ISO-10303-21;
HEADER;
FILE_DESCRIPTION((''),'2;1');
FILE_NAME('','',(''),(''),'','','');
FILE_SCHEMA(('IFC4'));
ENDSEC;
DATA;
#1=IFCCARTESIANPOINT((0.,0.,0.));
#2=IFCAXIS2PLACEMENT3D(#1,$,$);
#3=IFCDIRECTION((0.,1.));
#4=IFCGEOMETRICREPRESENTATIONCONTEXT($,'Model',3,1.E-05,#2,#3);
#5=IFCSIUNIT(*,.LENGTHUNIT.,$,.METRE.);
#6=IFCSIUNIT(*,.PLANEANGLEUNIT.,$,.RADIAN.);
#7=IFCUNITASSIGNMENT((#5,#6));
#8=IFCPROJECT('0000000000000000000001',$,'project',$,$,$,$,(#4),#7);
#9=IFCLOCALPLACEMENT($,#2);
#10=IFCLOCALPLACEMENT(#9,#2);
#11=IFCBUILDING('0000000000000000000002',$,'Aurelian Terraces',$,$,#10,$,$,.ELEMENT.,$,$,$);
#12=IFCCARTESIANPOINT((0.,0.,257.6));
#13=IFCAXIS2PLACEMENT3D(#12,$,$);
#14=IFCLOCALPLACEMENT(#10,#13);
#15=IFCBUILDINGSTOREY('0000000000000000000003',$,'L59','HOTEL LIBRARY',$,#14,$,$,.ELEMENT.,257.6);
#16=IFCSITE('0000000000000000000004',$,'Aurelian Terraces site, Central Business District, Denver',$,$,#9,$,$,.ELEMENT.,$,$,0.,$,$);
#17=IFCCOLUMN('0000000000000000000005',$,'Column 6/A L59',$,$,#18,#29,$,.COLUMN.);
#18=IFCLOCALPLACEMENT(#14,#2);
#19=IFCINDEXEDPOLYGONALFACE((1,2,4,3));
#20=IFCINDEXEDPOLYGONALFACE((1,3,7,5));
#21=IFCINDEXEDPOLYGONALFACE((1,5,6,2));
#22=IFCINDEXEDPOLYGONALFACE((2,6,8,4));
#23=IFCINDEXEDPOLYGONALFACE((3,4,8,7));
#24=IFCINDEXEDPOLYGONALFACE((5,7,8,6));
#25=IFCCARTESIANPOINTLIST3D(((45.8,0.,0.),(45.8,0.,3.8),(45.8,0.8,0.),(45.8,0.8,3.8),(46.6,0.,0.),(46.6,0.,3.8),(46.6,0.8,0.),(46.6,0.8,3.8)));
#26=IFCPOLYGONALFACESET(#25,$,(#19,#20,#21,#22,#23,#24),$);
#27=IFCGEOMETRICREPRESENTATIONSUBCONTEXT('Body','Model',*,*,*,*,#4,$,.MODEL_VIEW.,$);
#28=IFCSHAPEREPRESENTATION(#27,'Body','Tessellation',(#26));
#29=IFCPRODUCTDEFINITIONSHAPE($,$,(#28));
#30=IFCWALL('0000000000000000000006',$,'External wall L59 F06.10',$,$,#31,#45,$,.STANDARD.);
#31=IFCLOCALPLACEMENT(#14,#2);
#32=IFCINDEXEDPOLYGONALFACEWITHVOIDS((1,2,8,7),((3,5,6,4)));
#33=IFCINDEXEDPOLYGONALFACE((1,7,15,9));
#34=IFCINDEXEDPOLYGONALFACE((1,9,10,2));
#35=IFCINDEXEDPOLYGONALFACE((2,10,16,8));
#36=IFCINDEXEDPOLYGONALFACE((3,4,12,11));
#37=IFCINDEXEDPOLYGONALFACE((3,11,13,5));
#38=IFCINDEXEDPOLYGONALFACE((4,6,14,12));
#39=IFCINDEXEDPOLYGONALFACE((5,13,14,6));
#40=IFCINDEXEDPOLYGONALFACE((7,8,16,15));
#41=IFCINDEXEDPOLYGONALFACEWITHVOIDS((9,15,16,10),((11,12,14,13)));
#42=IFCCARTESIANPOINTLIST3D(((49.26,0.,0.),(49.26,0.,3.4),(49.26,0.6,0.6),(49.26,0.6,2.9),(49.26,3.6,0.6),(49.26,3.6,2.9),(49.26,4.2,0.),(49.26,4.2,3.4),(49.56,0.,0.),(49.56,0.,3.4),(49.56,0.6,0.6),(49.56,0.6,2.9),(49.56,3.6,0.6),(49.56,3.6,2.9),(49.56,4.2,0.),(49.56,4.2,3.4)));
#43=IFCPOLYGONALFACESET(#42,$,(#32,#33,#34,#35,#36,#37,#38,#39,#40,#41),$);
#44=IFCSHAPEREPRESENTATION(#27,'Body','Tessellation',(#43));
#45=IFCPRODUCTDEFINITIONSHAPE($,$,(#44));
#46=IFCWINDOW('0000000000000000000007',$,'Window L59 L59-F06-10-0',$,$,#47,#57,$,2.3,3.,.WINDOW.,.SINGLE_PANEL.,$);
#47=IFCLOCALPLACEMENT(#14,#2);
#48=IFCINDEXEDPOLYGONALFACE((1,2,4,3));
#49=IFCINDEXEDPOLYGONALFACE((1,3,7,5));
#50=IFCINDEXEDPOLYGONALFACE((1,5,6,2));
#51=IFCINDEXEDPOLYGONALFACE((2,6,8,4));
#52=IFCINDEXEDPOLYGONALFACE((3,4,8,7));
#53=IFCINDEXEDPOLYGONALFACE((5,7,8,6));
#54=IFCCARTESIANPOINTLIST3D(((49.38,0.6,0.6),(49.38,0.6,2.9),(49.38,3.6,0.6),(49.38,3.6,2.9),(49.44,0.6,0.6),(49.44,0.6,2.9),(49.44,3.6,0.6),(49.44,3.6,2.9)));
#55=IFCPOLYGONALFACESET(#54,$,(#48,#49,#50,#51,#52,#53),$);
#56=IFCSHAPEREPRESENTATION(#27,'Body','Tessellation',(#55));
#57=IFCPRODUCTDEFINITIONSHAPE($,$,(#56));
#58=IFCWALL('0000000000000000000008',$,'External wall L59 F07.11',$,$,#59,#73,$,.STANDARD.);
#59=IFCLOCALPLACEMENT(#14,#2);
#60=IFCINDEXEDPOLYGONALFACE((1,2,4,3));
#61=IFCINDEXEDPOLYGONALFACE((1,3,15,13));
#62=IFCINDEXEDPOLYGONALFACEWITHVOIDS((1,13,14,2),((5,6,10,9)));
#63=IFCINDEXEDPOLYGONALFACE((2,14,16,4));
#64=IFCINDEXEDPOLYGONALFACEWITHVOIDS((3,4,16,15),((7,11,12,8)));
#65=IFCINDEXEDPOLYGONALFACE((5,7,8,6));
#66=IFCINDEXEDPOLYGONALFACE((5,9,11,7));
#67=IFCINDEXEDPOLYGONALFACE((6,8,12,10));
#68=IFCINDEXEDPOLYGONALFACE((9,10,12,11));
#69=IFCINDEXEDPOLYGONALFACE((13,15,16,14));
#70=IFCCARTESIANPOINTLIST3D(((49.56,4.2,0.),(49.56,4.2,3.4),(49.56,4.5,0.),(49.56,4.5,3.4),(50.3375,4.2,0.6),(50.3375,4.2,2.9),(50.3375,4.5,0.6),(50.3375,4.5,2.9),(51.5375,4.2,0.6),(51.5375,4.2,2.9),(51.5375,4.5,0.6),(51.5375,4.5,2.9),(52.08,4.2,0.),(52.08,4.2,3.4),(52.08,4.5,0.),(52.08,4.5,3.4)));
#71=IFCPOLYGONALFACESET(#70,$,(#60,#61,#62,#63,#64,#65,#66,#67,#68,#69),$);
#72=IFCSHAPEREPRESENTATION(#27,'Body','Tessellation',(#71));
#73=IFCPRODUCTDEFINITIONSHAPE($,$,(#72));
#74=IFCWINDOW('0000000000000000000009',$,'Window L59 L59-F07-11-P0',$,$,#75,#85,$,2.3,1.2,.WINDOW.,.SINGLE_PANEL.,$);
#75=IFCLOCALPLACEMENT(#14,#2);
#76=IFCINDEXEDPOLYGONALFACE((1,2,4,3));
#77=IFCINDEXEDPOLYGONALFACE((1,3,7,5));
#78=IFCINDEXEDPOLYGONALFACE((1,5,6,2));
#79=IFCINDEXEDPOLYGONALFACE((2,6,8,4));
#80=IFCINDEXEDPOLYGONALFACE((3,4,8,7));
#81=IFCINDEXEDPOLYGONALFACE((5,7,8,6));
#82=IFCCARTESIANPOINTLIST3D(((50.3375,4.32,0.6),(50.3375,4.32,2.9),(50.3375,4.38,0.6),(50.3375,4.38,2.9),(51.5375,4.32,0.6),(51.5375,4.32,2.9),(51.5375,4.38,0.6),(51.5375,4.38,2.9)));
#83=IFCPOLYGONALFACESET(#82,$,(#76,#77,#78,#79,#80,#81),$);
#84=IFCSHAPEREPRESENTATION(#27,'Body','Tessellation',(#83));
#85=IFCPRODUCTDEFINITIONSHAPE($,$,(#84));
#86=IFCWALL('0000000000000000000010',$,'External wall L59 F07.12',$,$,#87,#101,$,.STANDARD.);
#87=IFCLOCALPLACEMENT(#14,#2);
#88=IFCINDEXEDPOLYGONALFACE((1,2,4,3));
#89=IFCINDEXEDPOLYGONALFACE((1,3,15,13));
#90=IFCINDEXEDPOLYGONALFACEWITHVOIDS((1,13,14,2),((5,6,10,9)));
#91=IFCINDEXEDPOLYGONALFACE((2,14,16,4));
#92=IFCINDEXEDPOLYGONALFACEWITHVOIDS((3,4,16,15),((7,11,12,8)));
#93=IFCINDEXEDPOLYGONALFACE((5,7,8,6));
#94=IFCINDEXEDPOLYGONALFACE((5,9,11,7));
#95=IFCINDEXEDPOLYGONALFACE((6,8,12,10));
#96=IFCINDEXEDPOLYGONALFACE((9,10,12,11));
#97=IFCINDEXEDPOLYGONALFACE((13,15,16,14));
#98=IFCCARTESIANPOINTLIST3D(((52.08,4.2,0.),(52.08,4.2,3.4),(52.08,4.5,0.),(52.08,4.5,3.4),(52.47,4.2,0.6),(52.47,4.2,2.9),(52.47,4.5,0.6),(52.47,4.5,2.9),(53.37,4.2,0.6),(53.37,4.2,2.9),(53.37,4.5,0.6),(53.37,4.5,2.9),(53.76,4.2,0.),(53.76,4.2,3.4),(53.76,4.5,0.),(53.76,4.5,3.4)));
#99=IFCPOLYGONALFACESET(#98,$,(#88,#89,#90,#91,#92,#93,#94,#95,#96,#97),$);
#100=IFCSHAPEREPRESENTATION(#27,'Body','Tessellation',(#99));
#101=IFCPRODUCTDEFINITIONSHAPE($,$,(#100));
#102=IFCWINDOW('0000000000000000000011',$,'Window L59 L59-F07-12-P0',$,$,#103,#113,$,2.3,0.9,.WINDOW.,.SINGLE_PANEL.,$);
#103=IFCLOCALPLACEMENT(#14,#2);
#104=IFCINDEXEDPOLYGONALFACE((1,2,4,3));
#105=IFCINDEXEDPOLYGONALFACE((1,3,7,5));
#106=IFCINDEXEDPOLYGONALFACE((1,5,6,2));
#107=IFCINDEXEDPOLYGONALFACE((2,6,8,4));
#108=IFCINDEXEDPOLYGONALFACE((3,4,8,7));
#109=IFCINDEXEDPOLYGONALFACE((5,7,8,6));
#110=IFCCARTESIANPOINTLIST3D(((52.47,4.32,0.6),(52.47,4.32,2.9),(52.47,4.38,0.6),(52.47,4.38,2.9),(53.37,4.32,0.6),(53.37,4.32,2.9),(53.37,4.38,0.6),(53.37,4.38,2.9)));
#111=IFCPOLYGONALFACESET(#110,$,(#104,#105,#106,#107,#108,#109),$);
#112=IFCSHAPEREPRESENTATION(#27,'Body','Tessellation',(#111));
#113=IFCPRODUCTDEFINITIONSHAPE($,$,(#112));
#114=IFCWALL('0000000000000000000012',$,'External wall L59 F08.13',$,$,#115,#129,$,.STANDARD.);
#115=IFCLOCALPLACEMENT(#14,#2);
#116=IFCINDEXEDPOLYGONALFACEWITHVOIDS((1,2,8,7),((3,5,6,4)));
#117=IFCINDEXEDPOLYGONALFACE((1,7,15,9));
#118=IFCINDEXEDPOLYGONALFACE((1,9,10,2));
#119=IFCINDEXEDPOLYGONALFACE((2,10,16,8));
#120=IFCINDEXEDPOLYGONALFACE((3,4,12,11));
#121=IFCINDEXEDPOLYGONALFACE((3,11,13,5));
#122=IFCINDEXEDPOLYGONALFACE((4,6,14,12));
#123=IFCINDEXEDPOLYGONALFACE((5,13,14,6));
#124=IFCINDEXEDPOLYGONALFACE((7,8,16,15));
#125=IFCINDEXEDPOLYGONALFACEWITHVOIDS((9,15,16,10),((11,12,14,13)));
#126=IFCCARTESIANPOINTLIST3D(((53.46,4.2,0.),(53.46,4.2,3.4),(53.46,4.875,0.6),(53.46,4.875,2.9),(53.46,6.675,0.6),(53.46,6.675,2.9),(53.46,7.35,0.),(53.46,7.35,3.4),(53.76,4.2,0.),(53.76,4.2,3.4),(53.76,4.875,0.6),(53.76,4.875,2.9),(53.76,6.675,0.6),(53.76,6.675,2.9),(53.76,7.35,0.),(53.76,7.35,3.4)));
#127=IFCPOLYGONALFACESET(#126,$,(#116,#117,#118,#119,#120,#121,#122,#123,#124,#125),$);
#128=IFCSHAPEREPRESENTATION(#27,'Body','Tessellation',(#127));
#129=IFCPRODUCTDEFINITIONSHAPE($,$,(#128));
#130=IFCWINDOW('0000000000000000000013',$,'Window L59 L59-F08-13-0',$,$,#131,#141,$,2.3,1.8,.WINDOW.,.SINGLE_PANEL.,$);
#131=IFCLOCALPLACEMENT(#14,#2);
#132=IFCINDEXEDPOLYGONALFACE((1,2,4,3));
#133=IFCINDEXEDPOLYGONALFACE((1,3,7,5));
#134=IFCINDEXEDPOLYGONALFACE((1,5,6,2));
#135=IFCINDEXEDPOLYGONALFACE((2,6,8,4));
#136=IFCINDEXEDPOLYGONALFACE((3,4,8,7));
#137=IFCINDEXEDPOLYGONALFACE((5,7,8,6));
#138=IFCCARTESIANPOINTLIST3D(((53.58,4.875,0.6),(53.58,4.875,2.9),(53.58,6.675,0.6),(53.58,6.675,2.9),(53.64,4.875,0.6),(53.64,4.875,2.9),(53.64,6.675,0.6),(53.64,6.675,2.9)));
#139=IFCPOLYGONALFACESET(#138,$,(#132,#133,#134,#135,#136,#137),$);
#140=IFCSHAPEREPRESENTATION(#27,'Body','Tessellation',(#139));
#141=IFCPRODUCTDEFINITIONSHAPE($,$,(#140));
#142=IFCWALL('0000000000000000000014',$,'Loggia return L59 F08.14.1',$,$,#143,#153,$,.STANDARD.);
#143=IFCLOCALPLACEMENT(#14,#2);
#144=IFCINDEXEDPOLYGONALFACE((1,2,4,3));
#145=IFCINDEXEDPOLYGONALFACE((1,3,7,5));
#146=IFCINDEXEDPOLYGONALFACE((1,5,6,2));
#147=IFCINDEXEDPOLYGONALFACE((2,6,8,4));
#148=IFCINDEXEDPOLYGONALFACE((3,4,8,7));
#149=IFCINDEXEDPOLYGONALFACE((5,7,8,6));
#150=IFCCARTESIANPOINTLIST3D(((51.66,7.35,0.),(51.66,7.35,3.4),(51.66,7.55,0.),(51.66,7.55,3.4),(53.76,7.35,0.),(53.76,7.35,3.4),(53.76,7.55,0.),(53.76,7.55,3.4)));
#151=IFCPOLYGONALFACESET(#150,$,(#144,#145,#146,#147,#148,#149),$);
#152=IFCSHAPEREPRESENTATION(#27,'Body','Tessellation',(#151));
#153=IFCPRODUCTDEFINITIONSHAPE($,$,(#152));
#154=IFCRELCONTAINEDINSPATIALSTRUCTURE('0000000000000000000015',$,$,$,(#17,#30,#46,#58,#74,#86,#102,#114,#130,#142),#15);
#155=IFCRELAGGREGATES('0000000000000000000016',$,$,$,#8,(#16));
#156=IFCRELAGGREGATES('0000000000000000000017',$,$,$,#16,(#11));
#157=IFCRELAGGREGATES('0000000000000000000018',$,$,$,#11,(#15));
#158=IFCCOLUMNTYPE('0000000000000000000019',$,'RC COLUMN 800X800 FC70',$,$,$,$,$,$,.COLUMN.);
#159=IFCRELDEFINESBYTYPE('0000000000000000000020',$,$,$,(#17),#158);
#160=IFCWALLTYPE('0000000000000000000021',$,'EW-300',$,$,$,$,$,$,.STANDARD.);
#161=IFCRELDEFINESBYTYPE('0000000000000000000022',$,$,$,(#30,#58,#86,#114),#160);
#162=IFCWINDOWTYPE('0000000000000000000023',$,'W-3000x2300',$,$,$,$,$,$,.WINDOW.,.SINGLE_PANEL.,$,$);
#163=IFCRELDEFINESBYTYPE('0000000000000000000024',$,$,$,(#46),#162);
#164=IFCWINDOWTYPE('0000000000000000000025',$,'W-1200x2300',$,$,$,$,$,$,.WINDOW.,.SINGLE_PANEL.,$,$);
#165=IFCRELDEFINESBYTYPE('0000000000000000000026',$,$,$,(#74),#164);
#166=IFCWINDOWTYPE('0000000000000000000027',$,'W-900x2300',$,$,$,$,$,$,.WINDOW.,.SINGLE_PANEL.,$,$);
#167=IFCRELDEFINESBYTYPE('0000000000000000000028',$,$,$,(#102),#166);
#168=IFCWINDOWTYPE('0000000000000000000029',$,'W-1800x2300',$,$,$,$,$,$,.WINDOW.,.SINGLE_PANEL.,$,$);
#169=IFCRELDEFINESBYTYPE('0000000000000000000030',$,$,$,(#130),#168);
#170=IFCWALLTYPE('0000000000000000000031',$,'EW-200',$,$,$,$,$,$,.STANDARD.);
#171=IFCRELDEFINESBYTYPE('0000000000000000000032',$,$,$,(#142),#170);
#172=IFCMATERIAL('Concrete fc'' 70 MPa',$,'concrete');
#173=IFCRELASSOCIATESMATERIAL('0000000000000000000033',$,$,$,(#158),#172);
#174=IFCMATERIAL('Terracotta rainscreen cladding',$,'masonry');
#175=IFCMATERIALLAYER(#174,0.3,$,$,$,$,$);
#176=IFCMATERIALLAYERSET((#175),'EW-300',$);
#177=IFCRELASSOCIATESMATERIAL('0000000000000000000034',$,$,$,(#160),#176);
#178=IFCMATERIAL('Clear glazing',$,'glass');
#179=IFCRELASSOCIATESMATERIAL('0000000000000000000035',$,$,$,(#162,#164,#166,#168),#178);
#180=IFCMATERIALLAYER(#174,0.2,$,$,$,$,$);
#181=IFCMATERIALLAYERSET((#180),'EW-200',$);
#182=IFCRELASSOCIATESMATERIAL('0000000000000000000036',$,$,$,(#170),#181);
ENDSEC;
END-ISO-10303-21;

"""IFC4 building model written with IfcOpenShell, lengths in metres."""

from ifc_helpers import new_model, si_unit, direction, frame, frame_2d, origin, origin_2d, place, context, subcontext, project, spatial, rectangle, extrude, source, transform, mapped, material, layer, layer_set, material_profile, profile_set, type_object, element, fill, save


model = new_model("IFC4")

# Units and contexts
model_context = context("Model", 3, precision=1e-05, world=origin(), true_north=direction((0.0, 1.0)))
body_context = subcontext(model_context, "Body", "Model", "MODEL_VIEW")
ifc_project = project(units=[si_unit("LENGTHUNIT", "METRE"), si_unit("PLANEANGLEUNIT", "RADIAN")], contexts=[model_context])

# Site, building, storey
site_placement = place(None, origin())
site = spatial("IfcSite", under=ifc_project, at=site_placement, Name="Aurelian Terraces site, Central Business District, Denver", CompositionType="ELEMENT", RefElevation=0.0)
building_placement = place(site_placement, origin())
building = spatial("IfcBuilding", under=site, at=building_placement, Name="Aurelian Terraces", CompositionType="ELEMENT")
storey_placement = place(building_placement, frame((0.0, 0.0, 257.6)))
storey = spatial("IfcBuildingStorey", under=building, at=storey_placement, Name="L59", Description="HOTEL LIBRARY", CompositionType="ELEMENT", Elevation=257.6)

# Column
ifc_material_1 = material(Name="Concrete fc' 70 MPa", Category="concrete")
ifc_material_profile = material_profile(ifc_material_1, rectangle(XDim=0.8, YDim=0.8, at=origin_2d()))
ifc_profile_set = profile_set([ifc_material_profile], Name="Concrete fc' 70 MPa")
column_type = type_object("IfcColumnType", Name="RC COLUMN 800X800 FC70", PredefinedType="COLUMN", material=ifc_profile_set)
shared_shape_1 = source(origin(), body_context, "Body", "SweptSolid", [
    extrude(rectangle(XDim=0.8, YDim=0.8, at=origin_2d()), origin(), (0.0, 0.0, 1.0), 3.8),
])
column_placement = place(storey_placement, frame((46.2, 0.4, 0.0), z_axis=(0.0, 0.0, 1.0), x_axis=(1.0, 0.0, 0.0)))
element("IfcColumn", 1, at=column_placement, inside=storey, type_object=column_type, Name="Column 6/A L59", PredefinedType="COLUMN", context=body_context, shape_type="MappedRepresentation", body=[
    mapped(shared_shape_1, transform((0.0, 0.0, 0.0), scale=1.0)),
])

# Walls, openings, windows
ifc_material_2 = material(Name="Terracotta rainscreen cladding", Category="masonry")
ifc_layer_1 = layer(ifc_material_2, 0.3)
ifc_layer_set_1 = layer_set([ifc_layer_1], Name="EW-300")
wall_type_1 = type_object("IfcWallType", Name="EW-300", PredefinedType="STANDARD", material=ifc_layer_set_1)
shared_shape_2 = source(origin(), body_context, "Body", "SweptSolid", [
    extrude(rectangle(XDim=4.2, YDim=0.3, at=frame_2d((2.1, 0.0))), origin(), (0.0, 0.0, 1.0), 3.4),
])
wall_1_placement = place(storey_placement, frame((49.41, 0.0, 0.0), z_axis=(0.0, 0.0, 1.0), x_axis=(0.0, 1.0, 0.0)))
wall_1 = element("IfcWall", 2, at=wall_1_placement, inside=storey, type_object=wall_type_1, Name="External wall L59 F06.10", PredefinedType="STANDARD", context=body_context, shape_type="MappedRepresentation", body=[
    mapped(shared_shape_2, transform((0.0, 0.0, 0.0), scale=1.0)),
])
shared_shape_3 = source(origin(), body_context, "Body", "SweptSolid", [
    extrude(rectangle(XDim=3.0, YDim=2.3, at=frame_2d((1.5, 1.15))), frame((0.0, 0.16, 0.0), z_axis=(0.0, -1.0, 0.0), x_axis=(1.0, 0.0, 0.0)), (0.0, 0.0, 1.0), 0.32),
])
opening_1_placement = place(wall_1_placement, frame((0.6, 0.0, 0.6)))
opening_1 = element("IfcOpeningElement", 3, at=opening_1_placement, cuts=wall_1, PredefinedType="OPENING", context=body_context, shape_type="MappedRepresentation", body=[
    mapped(shared_shape_3, transform((0.0, 0.0, 0.0), scale=1.0)),
])
ifc_material_3 = material(Name="Clear glazing", Category="glass")
window_type_1 = type_object("IfcWindowType", Name="W-3000x2300", PartitioningType="SINGLE_PANEL", PredefinedType="WINDOW", material=ifc_material_3)
shared_shape_4 = source(origin(), body_context, "Body", "SweptSolid", [
    extrude(rectangle(XDim=3.0, YDim=2.3, at=frame_2d((1.5, 1.15))), frame((0.0, 0.03, 0.0), z_axis=(0.0, -1.0, 0.0), x_axis=(1.0, 0.0, 0.0)), (0.0, 0.0, 1.0), 0.06),
])
window_1_placement = place(opening_1_placement, origin())
window_1 = element("IfcWindow", 4, at=window_1_placement, inside=storey, type_object=window_type_1, Name="Window L59 L59-F06-10-0", OverallHeight=2.3, OverallWidth=3.0, PartitioningType="SINGLE_PANEL", PredefinedType="WINDOW", context=body_context, shape_type="MappedRepresentation", body=[
    mapped(shared_shape_4, transform((0.0, 0.0, 0.0), scale=1.0)),
])
fill(opening_1, window_1)
shared_shape_5 = source(origin(), body_context, "Body", "SweptSolid", [
    extrude(rectangle(XDim=2.52, YDim=0.3, at=frame_2d((1.26, 0.0))), origin(), (0.0, 0.0, 1.0), 3.4),
])
wall_2_placement = place(storey_placement, frame((49.56, 4.35, 0.0), z_axis=(0.0, 0.0, 1.0), x_axis=(1.0, 0.0, 0.0)))
wall_2 = element("IfcWall", 5, at=wall_2_placement, inside=storey, type_object=wall_type_1, Name="External wall L59 F07.11", PredefinedType="STANDARD", context=body_context, shape_type="MappedRepresentation", body=[
    mapped(shared_shape_5, transform((0.0, 0.0, 0.0), scale=1.0)),
])
shared_shape_6 = source(origin(), body_context, "Body", "SweptSolid", [
    extrude(rectangle(XDim=1.2, YDim=2.3, at=frame_2d((0.6, 1.15))), frame((0.0, 0.16, 0.0), z_axis=(0.0, -1.0, 0.0), x_axis=(1.0, 0.0, 0.0)), (0.0, 0.0, 1.0), 0.32),
])
opening_2_placement = place(wall_2_placement, frame((0.7775, 0.0, 0.6)))
opening_2 = element("IfcOpeningElement", 6, at=opening_2_placement, cuts=wall_2, PredefinedType="OPENING", context=body_context, shape_type="MappedRepresentation", body=[
    mapped(shared_shape_6, transform((0.0, 0.0, 0.0), scale=1.0)),
])
window_type_2 = type_object("IfcWindowType", Name="W-1200x2300", PartitioningType="SINGLE_PANEL", PredefinedType="WINDOW", material=ifc_material_3)
shared_shape_7 = source(origin(), body_context, "Body", "SweptSolid", [
    extrude(rectangle(XDim=1.2, YDim=2.3, at=frame_2d((0.6, 1.15))), frame((0.0, 0.03, 0.0), z_axis=(0.0, -1.0, 0.0), x_axis=(1.0, 0.0, 0.0)), (0.0, 0.0, 1.0), 0.06),
])
window_2_placement = place(opening_2_placement, origin())
window_2 = element("IfcWindow", 7, at=window_2_placement, inside=storey, type_object=window_type_2, Name="Window L59 L59-F07-11-P0", OverallHeight=2.3, OverallWidth=1.2, PartitioningType="SINGLE_PANEL", PredefinedType="WINDOW", context=body_context, shape_type="MappedRepresentation", body=[
    mapped(shared_shape_7, transform((0.0, 0.0, 0.0), scale=1.0)),
])
fill(opening_2, window_2)
shared_shape_8 = source(origin(), body_context, "Body", "SweptSolid", [
    extrude(rectangle(XDim=1.68, YDim=0.3, at=frame_2d((0.84, 0.0))), origin(), (0.0, 0.0, 1.0), 3.4),
])
wall_3_placement = place(storey_placement, frame((52.08, 4.35, 0.0), z_axis=(0.0, 0.0, 1.0), x_axis=(1.0, 0.0, 0.0)))
wall_3 = element("IfcWall", 8, at=wall_3_placement, inside=storey, type_object=wall_type_1, Name="External wall L59 F07.12", PredefinedType="STANDARD", context=body_context, shape_type="MappedRepresentation", body=[
    mapped(shared_shape_8, transform((0.0, 0.0, 0.0), scale=1.0)),
])
shared_shape_9 = source(origin(), body_context, "Body", "SweptSolid", [
    extrude(rectangle(XDim=0.9, YDim=2.3, at=frame_2d((0.45, 1.15))), frame((0.0, 0.16, 0.0), z_axis=(0.0, -1.0, 0.0), x_axis=(1.0, 0.0, 0.0)), (0.0, 0.0, 1.0), 0.32),
])
opening_3_placement = place(wall_3_placement, frame((0.39, 0.0, 0.6)))
opening_3 = element("IfcOpeningElement", 9, at=opening_3_placement, cuts=wall_3, PredefinedType="OPENING", context=body_context, shape_type="MappedRepresentation", body=[
    mapped(shared_shape_9, transform((0.0, 0.0, 0.0), scale=1.0)),
])
window_type_3 = type_object("IfcWindowType", Name="W-900x2300", PartitioningType="SINGLE_PANEL", PredefinedType="WINDOW", material=ifc_material_3)
shared_shape_10 = source(origin(), body_context, "Body", "SweptSolid", [
    extrude(rectangle(XDim=0.9, YDim=2.3, at=frame_2d((0.45, 1.15))), frame((0.0, 0.03, 0.0), z_axis=(0.0, -1.0, 0.0), x_axis=(1.0, 0.0, 0.0)), (0.0, 0.0, 1.0), 0.06),
])
window_3_placement = place(opening_3_placement, origin())
window_3 = element("IfcWindow", 10, at=window_3_placement, inside=storey, type_object=window_type_3, Name="Window L59 L59-F07-12-P0", OverallHeight=2.3, OverallWidth=0.9, PartitioningType="SINGLE_PANEL", PredefinedType="WINDOW", context=body_context, shape_type="MappedRepresentation", body=[
    mapped(shared_shape_10, transform((0.0, 0.0, 0.0), scale=1.0)),
])
fill(opening_3, window_3)
shared_shape_11 = source(origin(), body_context, "Body", "SweptSolid", [
    extrude(rectangle(XDim=3.15, YDim=0.3, at=frame_2d((1.575, 0.0))), origin(), (0.0, 0.0, 1.0), 3.4),
])
wall_4_placement = place(storey_placement, frame((53.61, 4.2, 0.0), z_axis=(0.0, 0.0, 1.0), x_axis=(0.0, 1.0, 0.0)))
wall_4 = element("IfcWall", 11, at=wall_4_placement, inside=storey, type_object=wall_type_1, Name="External wall L59 F08.13", PredefinedType="STANDARD", context=body_context, shape_type="MappedRepresentation", body=[
    mapped(shared_shape_11, transform((0.0, 0.0, 0.0), scale=1.0)),
])
shared_shape_12 = source(origin(), body_context, "Body", "SweptSolid", [
    extrude(rectangle(XDim=1.8, YDim=2.3, at=frame_2d((0.9, 1.15))), frame((0.0, 0.16, 0.0), z_axis=(0.0, -1.0, 0.0), x_axis=(1.0, 0.0, 0.0)), (0.0, 0.0, 1.0), 0.32),
])
opening_4_placement = place(wall_4_placement, frame((0.675, 0.0, 0.6)))
opening_4 = element("IfcOpeningElement", 12, at=opening_4_placement, cuts=wall_4, PredefinedType="OPENING", context=body_context, shape_type="MappedRepresentation", body=[
    mapped(shared_shape_12, transform((0.0, 0.0, 0.0), scale=1.0)),
])
window_type_4 = type_object("IfcWindowType", Name="W-1800x2300", PartitioningType="SINGLE_PANEL", PredefinedType="WINDOW", material=ifc_material_3)
shared_shape_13 = source(origin(), body_context, "Body", "SweptSolid", [
    extrude(rectangle(XDim=1.8, YDim=2.3, at=frame_2d((0.9, 1.15))), frame((0.0, 0.03, 0.0), z_axis=(0.0, -1.0, 0.0), x_axis=(1.0, 0.0, 0.0)), (0.0, 0.0, 1.0), 0.06),
])
window_4_placement = place(opening_4_placement, origin())
window_4 = element("IfcWindow", 13, at=window_4_placement, inside=storey, type_object=window_type_4, Name="Window L59 L59-F08-13-0", OverallHeight=2.3, OverallWidth=1.8, PartitioningType="SINGLE_PANEL", PredefinedType="WINDOW", context=body_context, shape_type="MappedRepresentation", body=[
    mapped(shared_shape_13, transform((0.0, 0.0, 0.0), scale=1.0)),
])
fill(opening_4, window_4)

# Wall
ifc_layer_2 = layer(ifc_material_2, 0.2)
ifc_layer_set_2 = layer_set([ifc_layer_2], Name="EW-200")
wall_type_2 = type_object("IfcWallType", Name="EW-200", PredefinedType="STANDARD", material=ifc_layer_set_2)
shared_shape_14 = source(origin(), body_context, "Body", "SweptSolid", [
    extrude(rectangle(XDim=2.1, YDim=0.2, at=frame_2d((1.05, 0.0))), origin(), (0.0, 0.0, 1.0), 3.4),
])
wall_5_placement = place(storey_placement, frame((53.76, 7.45, 0.0), z_axis=(0.0, 0.0, 1.0), x_axis=(-1.0, 0.0, 0.0)))
element("IfcWall", 14, at=wall_5_placement, inside=storey, type_object=wall_type_2, Name="Loggia return L59 F08.14.1", PredefinedType="STANDARD", context=body_context, shape_type="MappedRepresentation", body=[
    mapped(shared_shape_14, transform((0.0, 0.0, 0.0), scale=1.0)),
])

save(model, "model.ifc")
